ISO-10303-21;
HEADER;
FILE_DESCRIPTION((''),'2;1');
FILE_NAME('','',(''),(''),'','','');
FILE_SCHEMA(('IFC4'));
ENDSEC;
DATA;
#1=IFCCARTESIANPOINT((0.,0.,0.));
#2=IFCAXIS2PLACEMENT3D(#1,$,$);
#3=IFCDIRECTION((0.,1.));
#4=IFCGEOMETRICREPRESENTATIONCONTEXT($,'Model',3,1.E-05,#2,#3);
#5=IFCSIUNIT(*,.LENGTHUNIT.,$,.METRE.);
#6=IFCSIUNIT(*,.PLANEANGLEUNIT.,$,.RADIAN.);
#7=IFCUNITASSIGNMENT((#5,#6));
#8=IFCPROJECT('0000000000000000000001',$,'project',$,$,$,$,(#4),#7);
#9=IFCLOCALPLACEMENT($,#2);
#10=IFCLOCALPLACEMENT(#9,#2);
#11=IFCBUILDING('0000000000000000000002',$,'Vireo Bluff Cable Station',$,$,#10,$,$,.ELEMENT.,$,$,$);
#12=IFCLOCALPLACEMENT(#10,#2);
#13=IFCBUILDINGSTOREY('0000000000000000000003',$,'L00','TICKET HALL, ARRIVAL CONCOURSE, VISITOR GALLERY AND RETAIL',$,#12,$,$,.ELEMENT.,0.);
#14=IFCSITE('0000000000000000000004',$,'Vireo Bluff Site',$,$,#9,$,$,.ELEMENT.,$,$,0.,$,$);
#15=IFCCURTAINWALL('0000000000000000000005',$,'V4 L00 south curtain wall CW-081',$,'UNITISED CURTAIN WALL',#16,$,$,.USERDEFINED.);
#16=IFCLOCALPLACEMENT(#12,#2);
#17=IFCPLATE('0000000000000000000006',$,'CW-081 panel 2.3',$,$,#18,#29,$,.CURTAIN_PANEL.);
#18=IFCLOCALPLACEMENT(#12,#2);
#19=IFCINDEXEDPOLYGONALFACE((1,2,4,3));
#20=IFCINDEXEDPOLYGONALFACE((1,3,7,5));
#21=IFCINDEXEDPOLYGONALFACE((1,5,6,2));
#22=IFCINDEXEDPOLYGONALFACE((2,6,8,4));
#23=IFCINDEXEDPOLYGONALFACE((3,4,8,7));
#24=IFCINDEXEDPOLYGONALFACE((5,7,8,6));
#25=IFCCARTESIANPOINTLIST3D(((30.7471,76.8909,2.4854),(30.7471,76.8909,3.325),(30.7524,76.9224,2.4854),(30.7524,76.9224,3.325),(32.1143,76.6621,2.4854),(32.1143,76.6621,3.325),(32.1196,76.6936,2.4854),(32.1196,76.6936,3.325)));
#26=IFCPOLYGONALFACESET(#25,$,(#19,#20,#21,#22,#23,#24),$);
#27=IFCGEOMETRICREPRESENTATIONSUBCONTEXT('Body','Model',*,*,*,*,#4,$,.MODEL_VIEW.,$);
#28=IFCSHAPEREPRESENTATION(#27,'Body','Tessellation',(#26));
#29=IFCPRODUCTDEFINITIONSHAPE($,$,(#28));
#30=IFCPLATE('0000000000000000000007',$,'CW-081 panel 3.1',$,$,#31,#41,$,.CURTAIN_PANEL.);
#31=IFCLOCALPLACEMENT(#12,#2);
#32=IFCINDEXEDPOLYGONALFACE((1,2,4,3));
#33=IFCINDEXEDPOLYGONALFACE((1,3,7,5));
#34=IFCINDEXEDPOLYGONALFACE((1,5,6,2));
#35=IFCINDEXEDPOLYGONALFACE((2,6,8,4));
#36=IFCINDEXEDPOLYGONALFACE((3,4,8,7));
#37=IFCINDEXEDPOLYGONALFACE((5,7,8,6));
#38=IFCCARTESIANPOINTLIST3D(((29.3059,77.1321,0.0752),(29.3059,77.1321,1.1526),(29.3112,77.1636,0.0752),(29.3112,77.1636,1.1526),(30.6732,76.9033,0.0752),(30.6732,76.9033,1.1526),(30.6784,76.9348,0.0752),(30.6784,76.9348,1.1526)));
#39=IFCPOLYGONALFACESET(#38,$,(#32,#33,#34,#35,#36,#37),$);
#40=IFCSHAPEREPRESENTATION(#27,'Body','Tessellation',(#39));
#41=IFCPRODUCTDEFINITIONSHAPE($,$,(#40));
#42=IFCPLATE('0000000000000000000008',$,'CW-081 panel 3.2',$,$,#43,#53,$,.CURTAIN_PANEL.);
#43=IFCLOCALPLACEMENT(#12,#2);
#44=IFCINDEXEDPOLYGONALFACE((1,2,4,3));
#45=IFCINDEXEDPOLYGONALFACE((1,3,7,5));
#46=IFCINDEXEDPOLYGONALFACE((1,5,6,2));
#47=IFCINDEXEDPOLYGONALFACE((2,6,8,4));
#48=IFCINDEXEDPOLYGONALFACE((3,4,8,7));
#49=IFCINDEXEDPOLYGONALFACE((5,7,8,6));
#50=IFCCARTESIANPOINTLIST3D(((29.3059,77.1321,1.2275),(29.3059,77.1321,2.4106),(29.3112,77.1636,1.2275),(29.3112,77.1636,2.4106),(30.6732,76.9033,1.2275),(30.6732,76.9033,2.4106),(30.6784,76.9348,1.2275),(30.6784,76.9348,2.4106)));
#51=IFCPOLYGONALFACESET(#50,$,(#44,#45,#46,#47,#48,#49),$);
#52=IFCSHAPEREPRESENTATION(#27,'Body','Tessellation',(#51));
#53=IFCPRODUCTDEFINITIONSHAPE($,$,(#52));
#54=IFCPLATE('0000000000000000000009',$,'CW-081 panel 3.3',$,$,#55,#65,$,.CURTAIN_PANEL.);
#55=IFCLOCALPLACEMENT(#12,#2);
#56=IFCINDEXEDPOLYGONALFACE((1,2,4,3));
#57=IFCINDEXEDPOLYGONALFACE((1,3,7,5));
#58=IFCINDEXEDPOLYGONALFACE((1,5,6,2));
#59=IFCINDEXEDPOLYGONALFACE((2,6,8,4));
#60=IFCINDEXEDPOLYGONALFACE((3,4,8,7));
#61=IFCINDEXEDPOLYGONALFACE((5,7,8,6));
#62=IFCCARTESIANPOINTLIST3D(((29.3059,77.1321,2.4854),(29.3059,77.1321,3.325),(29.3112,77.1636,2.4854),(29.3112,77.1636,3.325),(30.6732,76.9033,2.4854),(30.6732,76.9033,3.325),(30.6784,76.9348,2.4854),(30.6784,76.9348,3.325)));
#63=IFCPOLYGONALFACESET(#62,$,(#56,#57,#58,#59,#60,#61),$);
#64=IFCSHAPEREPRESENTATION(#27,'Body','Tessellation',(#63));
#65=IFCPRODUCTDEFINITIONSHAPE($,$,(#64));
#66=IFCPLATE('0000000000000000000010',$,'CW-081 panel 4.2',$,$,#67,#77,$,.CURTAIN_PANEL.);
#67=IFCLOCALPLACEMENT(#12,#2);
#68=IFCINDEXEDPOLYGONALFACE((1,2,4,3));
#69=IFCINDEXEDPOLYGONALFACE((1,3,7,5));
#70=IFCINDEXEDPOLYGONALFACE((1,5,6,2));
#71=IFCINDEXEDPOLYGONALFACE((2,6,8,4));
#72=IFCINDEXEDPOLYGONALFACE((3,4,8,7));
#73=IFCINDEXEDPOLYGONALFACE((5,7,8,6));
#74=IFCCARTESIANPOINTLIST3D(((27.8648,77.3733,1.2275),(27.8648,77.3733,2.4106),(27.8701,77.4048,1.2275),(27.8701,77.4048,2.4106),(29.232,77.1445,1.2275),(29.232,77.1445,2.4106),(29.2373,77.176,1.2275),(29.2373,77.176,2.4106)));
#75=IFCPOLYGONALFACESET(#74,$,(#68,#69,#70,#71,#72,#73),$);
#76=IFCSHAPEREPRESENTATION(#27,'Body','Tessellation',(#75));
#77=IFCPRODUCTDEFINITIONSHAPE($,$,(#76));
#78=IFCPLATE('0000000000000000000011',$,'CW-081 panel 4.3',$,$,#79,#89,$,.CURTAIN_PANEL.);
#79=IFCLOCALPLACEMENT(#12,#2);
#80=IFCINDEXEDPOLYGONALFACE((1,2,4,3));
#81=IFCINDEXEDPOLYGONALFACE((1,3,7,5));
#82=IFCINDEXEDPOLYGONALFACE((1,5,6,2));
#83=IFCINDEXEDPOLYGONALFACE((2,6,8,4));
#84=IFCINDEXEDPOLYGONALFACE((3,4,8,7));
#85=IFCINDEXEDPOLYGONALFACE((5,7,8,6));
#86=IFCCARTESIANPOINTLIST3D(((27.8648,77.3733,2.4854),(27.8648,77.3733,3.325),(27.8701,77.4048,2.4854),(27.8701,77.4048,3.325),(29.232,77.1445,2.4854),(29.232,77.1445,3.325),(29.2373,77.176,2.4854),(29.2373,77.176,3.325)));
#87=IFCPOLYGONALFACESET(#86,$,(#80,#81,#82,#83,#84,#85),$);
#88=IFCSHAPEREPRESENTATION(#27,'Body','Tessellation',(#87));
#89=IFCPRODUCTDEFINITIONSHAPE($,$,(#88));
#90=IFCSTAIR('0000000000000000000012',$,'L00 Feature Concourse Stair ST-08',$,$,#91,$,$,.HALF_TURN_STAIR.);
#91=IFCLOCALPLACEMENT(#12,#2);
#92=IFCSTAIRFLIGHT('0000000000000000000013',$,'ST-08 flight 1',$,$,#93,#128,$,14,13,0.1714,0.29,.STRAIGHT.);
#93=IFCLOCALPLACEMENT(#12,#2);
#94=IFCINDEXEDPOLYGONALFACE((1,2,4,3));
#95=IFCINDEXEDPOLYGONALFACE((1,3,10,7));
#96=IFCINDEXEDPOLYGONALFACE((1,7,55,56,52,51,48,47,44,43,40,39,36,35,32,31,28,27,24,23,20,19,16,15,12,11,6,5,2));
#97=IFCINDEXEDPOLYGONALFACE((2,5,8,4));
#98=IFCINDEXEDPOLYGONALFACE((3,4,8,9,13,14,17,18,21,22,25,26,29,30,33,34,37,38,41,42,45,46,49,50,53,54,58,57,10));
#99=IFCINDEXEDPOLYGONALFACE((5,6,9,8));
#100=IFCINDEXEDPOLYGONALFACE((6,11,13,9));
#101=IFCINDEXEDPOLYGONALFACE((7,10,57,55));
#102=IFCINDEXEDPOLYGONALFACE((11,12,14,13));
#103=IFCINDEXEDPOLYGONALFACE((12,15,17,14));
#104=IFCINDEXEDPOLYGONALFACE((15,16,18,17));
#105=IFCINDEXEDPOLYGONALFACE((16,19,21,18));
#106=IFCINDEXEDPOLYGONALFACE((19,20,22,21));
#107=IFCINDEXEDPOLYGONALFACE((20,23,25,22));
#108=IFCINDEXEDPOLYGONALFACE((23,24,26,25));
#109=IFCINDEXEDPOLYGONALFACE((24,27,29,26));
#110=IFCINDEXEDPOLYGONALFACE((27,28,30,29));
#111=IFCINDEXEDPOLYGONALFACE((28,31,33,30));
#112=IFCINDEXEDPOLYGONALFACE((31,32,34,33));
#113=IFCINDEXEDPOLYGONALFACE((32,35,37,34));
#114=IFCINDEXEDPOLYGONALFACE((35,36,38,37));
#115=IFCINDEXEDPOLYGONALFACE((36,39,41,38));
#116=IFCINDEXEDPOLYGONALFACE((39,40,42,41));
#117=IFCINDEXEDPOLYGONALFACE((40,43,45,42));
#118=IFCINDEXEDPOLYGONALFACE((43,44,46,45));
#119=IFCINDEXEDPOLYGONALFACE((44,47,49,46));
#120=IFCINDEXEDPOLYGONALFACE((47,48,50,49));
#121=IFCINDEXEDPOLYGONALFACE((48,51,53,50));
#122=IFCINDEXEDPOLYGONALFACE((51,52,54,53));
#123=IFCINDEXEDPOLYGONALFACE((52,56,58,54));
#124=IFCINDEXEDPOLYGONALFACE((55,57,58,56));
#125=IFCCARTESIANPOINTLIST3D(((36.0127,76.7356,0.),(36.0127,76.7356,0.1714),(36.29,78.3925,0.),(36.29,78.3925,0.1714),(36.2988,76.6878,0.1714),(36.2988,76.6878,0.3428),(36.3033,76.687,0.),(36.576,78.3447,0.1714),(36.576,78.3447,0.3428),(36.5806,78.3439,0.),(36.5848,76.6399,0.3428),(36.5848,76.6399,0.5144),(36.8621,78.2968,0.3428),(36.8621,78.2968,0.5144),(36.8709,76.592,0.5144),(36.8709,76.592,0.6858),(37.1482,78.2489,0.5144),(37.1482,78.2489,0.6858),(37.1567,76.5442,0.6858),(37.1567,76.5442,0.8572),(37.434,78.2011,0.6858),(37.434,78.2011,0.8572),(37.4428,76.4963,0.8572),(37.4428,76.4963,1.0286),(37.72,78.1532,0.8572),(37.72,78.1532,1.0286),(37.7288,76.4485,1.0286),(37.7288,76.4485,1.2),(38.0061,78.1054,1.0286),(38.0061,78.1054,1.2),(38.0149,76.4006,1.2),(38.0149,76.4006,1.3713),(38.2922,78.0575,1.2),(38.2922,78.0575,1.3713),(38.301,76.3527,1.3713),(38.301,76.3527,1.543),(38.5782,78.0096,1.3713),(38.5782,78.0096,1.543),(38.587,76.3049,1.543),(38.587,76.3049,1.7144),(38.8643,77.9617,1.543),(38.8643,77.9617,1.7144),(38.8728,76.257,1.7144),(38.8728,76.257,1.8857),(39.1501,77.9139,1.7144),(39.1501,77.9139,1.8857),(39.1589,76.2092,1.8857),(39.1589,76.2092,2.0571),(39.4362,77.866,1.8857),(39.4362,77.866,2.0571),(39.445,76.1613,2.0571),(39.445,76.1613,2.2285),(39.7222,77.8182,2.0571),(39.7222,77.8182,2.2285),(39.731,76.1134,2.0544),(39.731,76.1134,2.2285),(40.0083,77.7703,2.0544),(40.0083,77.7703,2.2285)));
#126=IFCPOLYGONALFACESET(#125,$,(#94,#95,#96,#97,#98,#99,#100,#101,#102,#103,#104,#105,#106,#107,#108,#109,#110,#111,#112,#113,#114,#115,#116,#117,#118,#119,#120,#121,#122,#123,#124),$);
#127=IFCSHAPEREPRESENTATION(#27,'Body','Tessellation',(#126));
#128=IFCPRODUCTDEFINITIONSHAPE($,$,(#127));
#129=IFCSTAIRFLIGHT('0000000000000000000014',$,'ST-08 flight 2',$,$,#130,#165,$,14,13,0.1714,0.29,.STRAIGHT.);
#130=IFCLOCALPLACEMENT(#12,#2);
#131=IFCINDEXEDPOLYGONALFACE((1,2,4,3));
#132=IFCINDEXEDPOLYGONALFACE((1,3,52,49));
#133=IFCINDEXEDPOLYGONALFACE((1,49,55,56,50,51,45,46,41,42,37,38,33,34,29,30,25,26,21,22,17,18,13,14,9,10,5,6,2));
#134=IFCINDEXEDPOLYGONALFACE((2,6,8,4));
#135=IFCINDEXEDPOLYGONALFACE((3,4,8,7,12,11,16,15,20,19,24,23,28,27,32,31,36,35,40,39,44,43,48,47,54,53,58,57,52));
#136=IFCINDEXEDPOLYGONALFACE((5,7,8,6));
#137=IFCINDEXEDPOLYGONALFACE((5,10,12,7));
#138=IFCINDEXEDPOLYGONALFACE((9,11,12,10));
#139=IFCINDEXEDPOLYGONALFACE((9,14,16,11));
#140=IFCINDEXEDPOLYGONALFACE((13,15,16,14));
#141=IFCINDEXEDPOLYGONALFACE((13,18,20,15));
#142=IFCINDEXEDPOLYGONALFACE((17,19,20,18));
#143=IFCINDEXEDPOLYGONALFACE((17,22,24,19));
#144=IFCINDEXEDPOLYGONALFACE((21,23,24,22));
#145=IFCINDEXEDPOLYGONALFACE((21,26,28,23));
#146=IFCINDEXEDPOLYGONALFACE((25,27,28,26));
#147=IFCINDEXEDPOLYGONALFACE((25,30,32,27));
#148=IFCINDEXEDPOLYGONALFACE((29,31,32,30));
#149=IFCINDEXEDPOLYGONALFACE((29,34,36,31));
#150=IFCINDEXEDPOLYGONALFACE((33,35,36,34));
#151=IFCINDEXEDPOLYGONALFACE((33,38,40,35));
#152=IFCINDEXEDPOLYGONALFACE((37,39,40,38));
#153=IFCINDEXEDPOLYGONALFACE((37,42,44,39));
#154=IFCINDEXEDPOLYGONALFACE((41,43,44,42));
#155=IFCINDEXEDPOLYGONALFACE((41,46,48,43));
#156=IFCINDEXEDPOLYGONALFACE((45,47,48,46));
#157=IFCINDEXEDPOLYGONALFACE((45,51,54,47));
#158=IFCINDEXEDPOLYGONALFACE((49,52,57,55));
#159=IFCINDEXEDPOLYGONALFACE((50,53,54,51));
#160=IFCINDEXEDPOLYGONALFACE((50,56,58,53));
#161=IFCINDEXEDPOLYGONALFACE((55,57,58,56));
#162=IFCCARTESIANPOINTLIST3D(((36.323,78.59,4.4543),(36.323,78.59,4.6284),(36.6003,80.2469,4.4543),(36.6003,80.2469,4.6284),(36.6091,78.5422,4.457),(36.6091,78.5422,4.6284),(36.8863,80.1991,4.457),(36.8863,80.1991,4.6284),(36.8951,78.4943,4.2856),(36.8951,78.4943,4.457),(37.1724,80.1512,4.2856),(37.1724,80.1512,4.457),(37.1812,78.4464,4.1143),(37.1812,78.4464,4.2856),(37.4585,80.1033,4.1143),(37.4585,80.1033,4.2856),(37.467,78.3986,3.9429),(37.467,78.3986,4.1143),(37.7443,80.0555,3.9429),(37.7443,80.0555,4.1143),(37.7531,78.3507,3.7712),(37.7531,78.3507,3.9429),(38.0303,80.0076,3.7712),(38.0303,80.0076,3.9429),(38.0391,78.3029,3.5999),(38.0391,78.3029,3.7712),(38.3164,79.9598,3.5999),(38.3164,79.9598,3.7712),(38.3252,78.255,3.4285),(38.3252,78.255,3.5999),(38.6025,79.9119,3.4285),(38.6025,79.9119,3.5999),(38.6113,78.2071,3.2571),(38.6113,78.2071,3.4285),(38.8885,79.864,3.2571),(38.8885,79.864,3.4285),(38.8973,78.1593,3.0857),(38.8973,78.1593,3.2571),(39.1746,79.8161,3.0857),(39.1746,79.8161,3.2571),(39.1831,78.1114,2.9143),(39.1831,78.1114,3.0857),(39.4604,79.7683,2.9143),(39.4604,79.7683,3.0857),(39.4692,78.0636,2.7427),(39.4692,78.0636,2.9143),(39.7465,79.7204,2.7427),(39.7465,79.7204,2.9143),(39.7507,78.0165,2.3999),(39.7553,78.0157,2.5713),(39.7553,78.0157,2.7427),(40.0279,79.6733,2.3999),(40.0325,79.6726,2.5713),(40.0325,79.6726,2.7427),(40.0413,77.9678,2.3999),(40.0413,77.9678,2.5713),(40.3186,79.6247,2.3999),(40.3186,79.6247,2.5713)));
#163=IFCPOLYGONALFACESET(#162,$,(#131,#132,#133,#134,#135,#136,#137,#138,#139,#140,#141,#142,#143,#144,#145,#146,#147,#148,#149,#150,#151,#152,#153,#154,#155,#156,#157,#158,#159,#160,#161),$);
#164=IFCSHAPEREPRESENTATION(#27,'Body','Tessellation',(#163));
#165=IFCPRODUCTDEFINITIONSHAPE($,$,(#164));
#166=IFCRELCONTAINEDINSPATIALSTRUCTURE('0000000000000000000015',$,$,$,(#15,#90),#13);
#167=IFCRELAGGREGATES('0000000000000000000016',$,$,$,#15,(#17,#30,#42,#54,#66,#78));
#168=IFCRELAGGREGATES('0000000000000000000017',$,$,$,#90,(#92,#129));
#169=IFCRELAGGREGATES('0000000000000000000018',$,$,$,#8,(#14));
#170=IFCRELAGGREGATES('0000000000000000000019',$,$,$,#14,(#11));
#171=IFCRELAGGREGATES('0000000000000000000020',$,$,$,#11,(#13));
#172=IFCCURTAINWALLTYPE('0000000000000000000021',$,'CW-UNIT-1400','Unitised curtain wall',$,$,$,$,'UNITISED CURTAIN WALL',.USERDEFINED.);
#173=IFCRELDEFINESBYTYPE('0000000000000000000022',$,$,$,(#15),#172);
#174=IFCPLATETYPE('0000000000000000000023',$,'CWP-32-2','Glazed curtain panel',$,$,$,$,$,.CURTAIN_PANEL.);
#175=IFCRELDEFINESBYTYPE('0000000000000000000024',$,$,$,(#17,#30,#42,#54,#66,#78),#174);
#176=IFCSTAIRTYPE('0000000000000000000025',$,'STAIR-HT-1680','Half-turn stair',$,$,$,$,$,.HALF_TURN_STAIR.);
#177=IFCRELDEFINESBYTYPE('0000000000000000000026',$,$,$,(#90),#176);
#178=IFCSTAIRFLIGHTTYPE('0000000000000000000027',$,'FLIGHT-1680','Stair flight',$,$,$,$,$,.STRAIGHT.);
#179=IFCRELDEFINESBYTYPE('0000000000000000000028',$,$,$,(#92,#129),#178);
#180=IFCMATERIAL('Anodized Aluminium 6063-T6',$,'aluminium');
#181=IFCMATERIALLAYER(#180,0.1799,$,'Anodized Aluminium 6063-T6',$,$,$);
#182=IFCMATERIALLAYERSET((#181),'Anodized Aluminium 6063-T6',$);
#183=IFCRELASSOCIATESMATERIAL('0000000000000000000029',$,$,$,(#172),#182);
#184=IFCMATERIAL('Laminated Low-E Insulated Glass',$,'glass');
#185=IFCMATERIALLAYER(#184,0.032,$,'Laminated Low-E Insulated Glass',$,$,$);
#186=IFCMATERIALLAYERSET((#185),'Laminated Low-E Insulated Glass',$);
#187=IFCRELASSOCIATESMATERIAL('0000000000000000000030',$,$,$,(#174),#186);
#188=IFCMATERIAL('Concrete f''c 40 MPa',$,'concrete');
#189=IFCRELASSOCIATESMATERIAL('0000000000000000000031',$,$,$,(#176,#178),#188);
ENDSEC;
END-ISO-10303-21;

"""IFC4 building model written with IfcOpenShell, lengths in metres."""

from ifc_helpers import new_model, si_unit, direction, frame, origin, origin_2d, place, context, subcontext, project, spatial, polyline, rectangle, outline, extrude, material, layer, layer_set, type_object, element, aggregate, save


model = new_model("IFC4")

# Units and contexts
model_context = context("Model", 3, precision=1e-05, world=origin(), true_north=direction((0.0, 1.0)))
body_context = subcontext(model_context, "Body", "Model", "MODEL_VIEW")
ifc_project = project(units=[si_unit("LENGTHUNIT", "METRE"), si_unit("PLANEANGLEUNIT", "RADIAN")], contexts=[model_context])

# Site, building, storey
site_placement = place(None, origin())
site = spatial("IfcSite", under=ifc_project, at=site_placement, Name="Vireo Bluff Site", CompositionType="ELEMENT", RefElevation=0.0)
building_placement = place(site_placement, origin())
building = spatial("IfcBuilding", under=site, at=building_placement, Name="Vireo Bluff Cable Station", CompositionType="ELEMENT")
storey_placement = place(building_placement, origin())
storey = spatial("IfcBuildingStorey", under=building, at=storey_placement, Name="L00", Description="TICKET HALL, ARRIVAL CONCOURSE, VISITOR GALLERY AND RETAIL", CompositionType="ELEMENT", Elevation=0.0)

# Curtain wall
ifc_material_1 = material(Name="Anodized Aluminium 6063-T6", Category="aluminium")
ifc_layer_1 = layer(ifc_material_1, 0.1799, Name="Anodized Aluminium 6063-T6")
ifc_layer_set_1 = layer_set([ifc_layer_1], Name="Anodized Aluminium 6063-T6")
curtain_wall_type = type_object("IfcCurtainWallType", Name="CW-UNIT-1400", Description="Unitised curtain wall", ElementType="UNITISED CURTAIN WALL", PredefinedType="USERDEFINED", material=ifc_layer_set_1)
curtain_wall_placement = place(storey_placement, origin())
curtain_wall = element("IfcCurtainWall", 1, at=curtain_wall_placement, inside=storey, type_object=curtain_wall_type, Name="V4 L00 south curtain wall CW-081", ObjectType="UNITISED CURTAIN WALL", PredefinedType="USERDEFINED")

# Plates
ifc_material_2 = material(Name="Laminated Low-E Insulated Glass", Category="glass")
ifc_layer_2 = layer(ifc_material_2, 0.032, Name="Laminated Low-E Insulated Glass")
ifc_layer_set_2 = layer_set([ifc_layer_2], Name="Laminated Low-E Insulated Glass")
plate_type = type_object("IfcPlateType", Name="CWP-32-2", Description="Glazed curtain panel", PredefinedType="CURTAIN_PANEL", material=ifc_layer_set_2)
plate_1_placement = place(storey_placement, frame((31.4333, 76.7922, 2.4854), z_axis=(0.0, 0.0, 1.0), x_axis=(-0.986286, 0.165048, 0.0)))
plate_1 = element("IfcPlate", 2, at=plate_1_placement, type_object=plate_type, Name="CW-081 panel 2.3", PredefinedType="CURTAIN_PANEL", context=body_context, shape_type="SweptSolid", body=[
    extrude(rectangle(XDim=1.3862, YDim=0.032, at=origin_2d()), origin(), (0.0, 0.0, 1.0), 0.8396),
])
plate_2_placement = place(storey_placement, frame((29.9922, 77.0334, 0.0752), z_axis=(0.0, 0.0, 1.0), x_axis=(-0.986286, 0.165048, 0.0)))
plate_2 = element("IfcPlate", 3, at=plate_2_placement, type_object=plate_type, Name="CW-081 panel 3.1", PredefinedType="CURTAIN_PANEL", context=body_context, shape_type="SweptSolid", body=[
    extrude(rectangle(XDim=1.3862, YDim=0.032, at=origin_2d()), origin(), (0.0, 0.0, 1.0), 1.0774),
])
plate_3_placement = place(storey_placement, frame((29.9922, 77.0334, 1.2275), z_axis=(0.0, 0.0, 1.0), x_axis=(-0.986286, 0.165048, 0.0)))
plate_3 = element("IfcPlate", 4, at=plate_3_placement, type_object=plate_type, Name="CW-081 panel 3.2", PredefinedType="CURTAIN_PANEL", context=body_context, shape_type="SweptSolid", body=[
    extrude(rectangle(XDim=1.3862, YDim=0.032, at=origin_2d()), origin(), (0.0, 0.0, 1.0), 1.1831),
])
plate_4_placement = place(storey_placement, frame((29.9922, 77.0334, 2.4854), z_axis=(0.0, 0.0, 1.0), x_axis=(-0.986286, 0.165048, 0.0)))
plate_4 = element("IfcPlate", 5, at=plate_4_placement, type_object=plate_type, Name="CW-081 panel 3.3", PredefinedType="CURTAIN_PANEL", context=body_context, shape_type="SweptSolid", body=[
    extrude(rectangle(XDim=1.3862, YDim=0.032, at=origin_2d()), origin(), (0.0, 0.0, 1.0), 0.8396),
])
plate_5_placement = place(storey_placement, frame((28.551, 77.2747, 1.2275), z_axis=(0.0, 0.0, 1.0), x_axis=(-0.986286, 0.165048, 0.0)))
plate_5 = element("IfcPlate", 6, at=plate_5_placement, type_object=plate_type, Name="CW-081 panel 4.2", PredefinedType="CURTAIN_PANEL", context=body_context, shape_type="SweptSolid", body=[
    extrude(rectangle(XDim=1.3862, YDim=0.032, at=origin_2d()), origin(), (0.0, 0.0, 1.0), 1.1831),
])
plate_6_placement = place(storey_placement, frame((28.551, 77.2747, 2.4854), z_axis=(0.0, 0.0, 1.0), x_axis=(-0.986286, 0.165048, 0.0)))
plate_6 = element("IfcPlate", 7, at=plate_6_placement, type_object=plate_type, Name="CW-081 panel 4.3", PredefinedType="CURTAIN_PANEL", context=body_context, shape_type="SweptSolid", body=[
    extrude(rectangle(XDim=1.3862, YDim=0.032, at=origin_2d()), origin(), (0.0, 0.0, 1.0), 0.8396),
])
aggregate(curtain_wall, [plate_1, plate_2, plate_3, plate_4, plate_5, plate_6])

# Stair, stair flights
ifc_material_3 = material(Name="Concrete f'c 40 MPa", Category="concrete")
stair_type = type_object("IfcStairType", Name="STAIR-HT-1680", Description="Half-turn stair", PredefinedType="HALF_TURN_STAIR", material=ifc_material_3)
stair_placement = place(storey_placement, origin())
stair = element("IfcStair", 8, at=stair_placement, inside=storey, type_object=stair_type, Name="L00 Feature Concourse Stair ST-08", PredefinedType="HALF_TURN_STAIR")
stair_flight_type = type_object("IfcStairFlightType", Name="FLIGHT-1680", Description="Stair flight", PredefinedType="STRAIGHT", material=ifc_material_3)
stair_flight_1_placement = place(storey_placement, frame((36.1514, 77.5642, 0.0), z_axis=(0.0, 0.0, 1.0), x_axis=(0.986286, -0.165048, 0.0)))
stair_flight_1 = element("IfcStairFlight", 9, at=stair_flight_1_placement, type_object=stair_flight_type, Name="ST-08 flight 1", NumberOfRisers=14, NumberOfTreads=13, PredefinedType="STRAIGHT", RiserHeight=0.1714, TreadLength=0.29, context=body_context, shape_type="SweptSolid", body=[
    extrude(outline(polyline([(0.0, 0.0), (0.0, 0.1714), (0.29, 0.1714), (0.29, 0.3428), (0.5801, 0.3428), (0.5801, 0.5144), (0.8701, 0.5144), (0.8701, 0.6858), (1.1599, 0.6858), (1.1599, 0.8572), (1.45, 0.8572), (1.45, 1.0286), (1.74, 1.0286), (1.74, 1.2), (2.03, 1.2), (2.03, 1.3713), (2.3201, 1.3713), (2.3201, 1.543), (2.6101, 1.543), (2.6101, 1.7144), (2.8999, 1.7144), (2.8999, 1.8857), (3.1899, 1.8857), (3.1899, 2.0571), (3.48, 2.0571), (3.48, 2.2285), (3.77, 2.2285), (3.77, 2.3999), (3.77, 2.0544), (0.2947, 0.0), (0.0, 0.0)])), frame((0.0, 0.8398, 0.0), z_axis=(0.0, -1.0, 0.0), x_axis=(1.0, 0.0, 0.0)), (0.0, 0.0, 1.0), 1.6799),
])
stair_flight_2_placement = place(storey_placement, frame((40.1799, 78.7961, 2.3999), z_axis=(0.0, 0.0, 1.0), x_axis=(-0.986286, 0.165048, 0.0)))
stair_flight_2 = element("IfcStairFlight", 10, at=stair_flight_2_placement, type_object=stair_flight_type, Name="ST-08 flight 2", NumberOfRisers=14, NumberOfTreads=13, PredefinedType="STRAIGHT", RiserHeight=0.1714, TreadLength=0.29, context=body_context, shape_type="SweptSolid", body=[
    extrude(outline(polyline([(0.0, 0.0), (0.0, 0.1714), (0.29, 0.1714), (0.29, 0.3428), (0.5801, 0.3428), (0.5801, 0.5144), (0.8701, 0.5144), (0.8701, 0.6858), (1.1599, 0.6858), (1.1599, 0.8572), (1.45, 0.8572), (1.45, 1.0286), (1.74, 1.0286), (1.74, 1.2), (2.03, 1.2), (2.03, 1.3713), (2.3201, 1.3713), (2.3201, 1.543), (2.6101, 1.543), (2.6101, 1.7144), (2.8999, 1.7144), (2.8999, 1.8857), (3.1899, 1.8857), (3.1899, 2.0571), (3.48, 2.0571), (3.48, 2.2285), (3.77, 2.2285), (3.77, 2.3999), (3.77, 2.0544), (0.2947, 0.0), (0.0, 0.0)])), frame((0.0, 0.8398, 0.0), z_axis=(0.0, -1.0, 0.0), x_axis=(1.0, 0.0, 0.0)), (0.0, 0.0, 1.0), 1.6799),
])
aggregate(stair, [stair_flight_1, stair_flight_2])

save(model, "model.ifc")
